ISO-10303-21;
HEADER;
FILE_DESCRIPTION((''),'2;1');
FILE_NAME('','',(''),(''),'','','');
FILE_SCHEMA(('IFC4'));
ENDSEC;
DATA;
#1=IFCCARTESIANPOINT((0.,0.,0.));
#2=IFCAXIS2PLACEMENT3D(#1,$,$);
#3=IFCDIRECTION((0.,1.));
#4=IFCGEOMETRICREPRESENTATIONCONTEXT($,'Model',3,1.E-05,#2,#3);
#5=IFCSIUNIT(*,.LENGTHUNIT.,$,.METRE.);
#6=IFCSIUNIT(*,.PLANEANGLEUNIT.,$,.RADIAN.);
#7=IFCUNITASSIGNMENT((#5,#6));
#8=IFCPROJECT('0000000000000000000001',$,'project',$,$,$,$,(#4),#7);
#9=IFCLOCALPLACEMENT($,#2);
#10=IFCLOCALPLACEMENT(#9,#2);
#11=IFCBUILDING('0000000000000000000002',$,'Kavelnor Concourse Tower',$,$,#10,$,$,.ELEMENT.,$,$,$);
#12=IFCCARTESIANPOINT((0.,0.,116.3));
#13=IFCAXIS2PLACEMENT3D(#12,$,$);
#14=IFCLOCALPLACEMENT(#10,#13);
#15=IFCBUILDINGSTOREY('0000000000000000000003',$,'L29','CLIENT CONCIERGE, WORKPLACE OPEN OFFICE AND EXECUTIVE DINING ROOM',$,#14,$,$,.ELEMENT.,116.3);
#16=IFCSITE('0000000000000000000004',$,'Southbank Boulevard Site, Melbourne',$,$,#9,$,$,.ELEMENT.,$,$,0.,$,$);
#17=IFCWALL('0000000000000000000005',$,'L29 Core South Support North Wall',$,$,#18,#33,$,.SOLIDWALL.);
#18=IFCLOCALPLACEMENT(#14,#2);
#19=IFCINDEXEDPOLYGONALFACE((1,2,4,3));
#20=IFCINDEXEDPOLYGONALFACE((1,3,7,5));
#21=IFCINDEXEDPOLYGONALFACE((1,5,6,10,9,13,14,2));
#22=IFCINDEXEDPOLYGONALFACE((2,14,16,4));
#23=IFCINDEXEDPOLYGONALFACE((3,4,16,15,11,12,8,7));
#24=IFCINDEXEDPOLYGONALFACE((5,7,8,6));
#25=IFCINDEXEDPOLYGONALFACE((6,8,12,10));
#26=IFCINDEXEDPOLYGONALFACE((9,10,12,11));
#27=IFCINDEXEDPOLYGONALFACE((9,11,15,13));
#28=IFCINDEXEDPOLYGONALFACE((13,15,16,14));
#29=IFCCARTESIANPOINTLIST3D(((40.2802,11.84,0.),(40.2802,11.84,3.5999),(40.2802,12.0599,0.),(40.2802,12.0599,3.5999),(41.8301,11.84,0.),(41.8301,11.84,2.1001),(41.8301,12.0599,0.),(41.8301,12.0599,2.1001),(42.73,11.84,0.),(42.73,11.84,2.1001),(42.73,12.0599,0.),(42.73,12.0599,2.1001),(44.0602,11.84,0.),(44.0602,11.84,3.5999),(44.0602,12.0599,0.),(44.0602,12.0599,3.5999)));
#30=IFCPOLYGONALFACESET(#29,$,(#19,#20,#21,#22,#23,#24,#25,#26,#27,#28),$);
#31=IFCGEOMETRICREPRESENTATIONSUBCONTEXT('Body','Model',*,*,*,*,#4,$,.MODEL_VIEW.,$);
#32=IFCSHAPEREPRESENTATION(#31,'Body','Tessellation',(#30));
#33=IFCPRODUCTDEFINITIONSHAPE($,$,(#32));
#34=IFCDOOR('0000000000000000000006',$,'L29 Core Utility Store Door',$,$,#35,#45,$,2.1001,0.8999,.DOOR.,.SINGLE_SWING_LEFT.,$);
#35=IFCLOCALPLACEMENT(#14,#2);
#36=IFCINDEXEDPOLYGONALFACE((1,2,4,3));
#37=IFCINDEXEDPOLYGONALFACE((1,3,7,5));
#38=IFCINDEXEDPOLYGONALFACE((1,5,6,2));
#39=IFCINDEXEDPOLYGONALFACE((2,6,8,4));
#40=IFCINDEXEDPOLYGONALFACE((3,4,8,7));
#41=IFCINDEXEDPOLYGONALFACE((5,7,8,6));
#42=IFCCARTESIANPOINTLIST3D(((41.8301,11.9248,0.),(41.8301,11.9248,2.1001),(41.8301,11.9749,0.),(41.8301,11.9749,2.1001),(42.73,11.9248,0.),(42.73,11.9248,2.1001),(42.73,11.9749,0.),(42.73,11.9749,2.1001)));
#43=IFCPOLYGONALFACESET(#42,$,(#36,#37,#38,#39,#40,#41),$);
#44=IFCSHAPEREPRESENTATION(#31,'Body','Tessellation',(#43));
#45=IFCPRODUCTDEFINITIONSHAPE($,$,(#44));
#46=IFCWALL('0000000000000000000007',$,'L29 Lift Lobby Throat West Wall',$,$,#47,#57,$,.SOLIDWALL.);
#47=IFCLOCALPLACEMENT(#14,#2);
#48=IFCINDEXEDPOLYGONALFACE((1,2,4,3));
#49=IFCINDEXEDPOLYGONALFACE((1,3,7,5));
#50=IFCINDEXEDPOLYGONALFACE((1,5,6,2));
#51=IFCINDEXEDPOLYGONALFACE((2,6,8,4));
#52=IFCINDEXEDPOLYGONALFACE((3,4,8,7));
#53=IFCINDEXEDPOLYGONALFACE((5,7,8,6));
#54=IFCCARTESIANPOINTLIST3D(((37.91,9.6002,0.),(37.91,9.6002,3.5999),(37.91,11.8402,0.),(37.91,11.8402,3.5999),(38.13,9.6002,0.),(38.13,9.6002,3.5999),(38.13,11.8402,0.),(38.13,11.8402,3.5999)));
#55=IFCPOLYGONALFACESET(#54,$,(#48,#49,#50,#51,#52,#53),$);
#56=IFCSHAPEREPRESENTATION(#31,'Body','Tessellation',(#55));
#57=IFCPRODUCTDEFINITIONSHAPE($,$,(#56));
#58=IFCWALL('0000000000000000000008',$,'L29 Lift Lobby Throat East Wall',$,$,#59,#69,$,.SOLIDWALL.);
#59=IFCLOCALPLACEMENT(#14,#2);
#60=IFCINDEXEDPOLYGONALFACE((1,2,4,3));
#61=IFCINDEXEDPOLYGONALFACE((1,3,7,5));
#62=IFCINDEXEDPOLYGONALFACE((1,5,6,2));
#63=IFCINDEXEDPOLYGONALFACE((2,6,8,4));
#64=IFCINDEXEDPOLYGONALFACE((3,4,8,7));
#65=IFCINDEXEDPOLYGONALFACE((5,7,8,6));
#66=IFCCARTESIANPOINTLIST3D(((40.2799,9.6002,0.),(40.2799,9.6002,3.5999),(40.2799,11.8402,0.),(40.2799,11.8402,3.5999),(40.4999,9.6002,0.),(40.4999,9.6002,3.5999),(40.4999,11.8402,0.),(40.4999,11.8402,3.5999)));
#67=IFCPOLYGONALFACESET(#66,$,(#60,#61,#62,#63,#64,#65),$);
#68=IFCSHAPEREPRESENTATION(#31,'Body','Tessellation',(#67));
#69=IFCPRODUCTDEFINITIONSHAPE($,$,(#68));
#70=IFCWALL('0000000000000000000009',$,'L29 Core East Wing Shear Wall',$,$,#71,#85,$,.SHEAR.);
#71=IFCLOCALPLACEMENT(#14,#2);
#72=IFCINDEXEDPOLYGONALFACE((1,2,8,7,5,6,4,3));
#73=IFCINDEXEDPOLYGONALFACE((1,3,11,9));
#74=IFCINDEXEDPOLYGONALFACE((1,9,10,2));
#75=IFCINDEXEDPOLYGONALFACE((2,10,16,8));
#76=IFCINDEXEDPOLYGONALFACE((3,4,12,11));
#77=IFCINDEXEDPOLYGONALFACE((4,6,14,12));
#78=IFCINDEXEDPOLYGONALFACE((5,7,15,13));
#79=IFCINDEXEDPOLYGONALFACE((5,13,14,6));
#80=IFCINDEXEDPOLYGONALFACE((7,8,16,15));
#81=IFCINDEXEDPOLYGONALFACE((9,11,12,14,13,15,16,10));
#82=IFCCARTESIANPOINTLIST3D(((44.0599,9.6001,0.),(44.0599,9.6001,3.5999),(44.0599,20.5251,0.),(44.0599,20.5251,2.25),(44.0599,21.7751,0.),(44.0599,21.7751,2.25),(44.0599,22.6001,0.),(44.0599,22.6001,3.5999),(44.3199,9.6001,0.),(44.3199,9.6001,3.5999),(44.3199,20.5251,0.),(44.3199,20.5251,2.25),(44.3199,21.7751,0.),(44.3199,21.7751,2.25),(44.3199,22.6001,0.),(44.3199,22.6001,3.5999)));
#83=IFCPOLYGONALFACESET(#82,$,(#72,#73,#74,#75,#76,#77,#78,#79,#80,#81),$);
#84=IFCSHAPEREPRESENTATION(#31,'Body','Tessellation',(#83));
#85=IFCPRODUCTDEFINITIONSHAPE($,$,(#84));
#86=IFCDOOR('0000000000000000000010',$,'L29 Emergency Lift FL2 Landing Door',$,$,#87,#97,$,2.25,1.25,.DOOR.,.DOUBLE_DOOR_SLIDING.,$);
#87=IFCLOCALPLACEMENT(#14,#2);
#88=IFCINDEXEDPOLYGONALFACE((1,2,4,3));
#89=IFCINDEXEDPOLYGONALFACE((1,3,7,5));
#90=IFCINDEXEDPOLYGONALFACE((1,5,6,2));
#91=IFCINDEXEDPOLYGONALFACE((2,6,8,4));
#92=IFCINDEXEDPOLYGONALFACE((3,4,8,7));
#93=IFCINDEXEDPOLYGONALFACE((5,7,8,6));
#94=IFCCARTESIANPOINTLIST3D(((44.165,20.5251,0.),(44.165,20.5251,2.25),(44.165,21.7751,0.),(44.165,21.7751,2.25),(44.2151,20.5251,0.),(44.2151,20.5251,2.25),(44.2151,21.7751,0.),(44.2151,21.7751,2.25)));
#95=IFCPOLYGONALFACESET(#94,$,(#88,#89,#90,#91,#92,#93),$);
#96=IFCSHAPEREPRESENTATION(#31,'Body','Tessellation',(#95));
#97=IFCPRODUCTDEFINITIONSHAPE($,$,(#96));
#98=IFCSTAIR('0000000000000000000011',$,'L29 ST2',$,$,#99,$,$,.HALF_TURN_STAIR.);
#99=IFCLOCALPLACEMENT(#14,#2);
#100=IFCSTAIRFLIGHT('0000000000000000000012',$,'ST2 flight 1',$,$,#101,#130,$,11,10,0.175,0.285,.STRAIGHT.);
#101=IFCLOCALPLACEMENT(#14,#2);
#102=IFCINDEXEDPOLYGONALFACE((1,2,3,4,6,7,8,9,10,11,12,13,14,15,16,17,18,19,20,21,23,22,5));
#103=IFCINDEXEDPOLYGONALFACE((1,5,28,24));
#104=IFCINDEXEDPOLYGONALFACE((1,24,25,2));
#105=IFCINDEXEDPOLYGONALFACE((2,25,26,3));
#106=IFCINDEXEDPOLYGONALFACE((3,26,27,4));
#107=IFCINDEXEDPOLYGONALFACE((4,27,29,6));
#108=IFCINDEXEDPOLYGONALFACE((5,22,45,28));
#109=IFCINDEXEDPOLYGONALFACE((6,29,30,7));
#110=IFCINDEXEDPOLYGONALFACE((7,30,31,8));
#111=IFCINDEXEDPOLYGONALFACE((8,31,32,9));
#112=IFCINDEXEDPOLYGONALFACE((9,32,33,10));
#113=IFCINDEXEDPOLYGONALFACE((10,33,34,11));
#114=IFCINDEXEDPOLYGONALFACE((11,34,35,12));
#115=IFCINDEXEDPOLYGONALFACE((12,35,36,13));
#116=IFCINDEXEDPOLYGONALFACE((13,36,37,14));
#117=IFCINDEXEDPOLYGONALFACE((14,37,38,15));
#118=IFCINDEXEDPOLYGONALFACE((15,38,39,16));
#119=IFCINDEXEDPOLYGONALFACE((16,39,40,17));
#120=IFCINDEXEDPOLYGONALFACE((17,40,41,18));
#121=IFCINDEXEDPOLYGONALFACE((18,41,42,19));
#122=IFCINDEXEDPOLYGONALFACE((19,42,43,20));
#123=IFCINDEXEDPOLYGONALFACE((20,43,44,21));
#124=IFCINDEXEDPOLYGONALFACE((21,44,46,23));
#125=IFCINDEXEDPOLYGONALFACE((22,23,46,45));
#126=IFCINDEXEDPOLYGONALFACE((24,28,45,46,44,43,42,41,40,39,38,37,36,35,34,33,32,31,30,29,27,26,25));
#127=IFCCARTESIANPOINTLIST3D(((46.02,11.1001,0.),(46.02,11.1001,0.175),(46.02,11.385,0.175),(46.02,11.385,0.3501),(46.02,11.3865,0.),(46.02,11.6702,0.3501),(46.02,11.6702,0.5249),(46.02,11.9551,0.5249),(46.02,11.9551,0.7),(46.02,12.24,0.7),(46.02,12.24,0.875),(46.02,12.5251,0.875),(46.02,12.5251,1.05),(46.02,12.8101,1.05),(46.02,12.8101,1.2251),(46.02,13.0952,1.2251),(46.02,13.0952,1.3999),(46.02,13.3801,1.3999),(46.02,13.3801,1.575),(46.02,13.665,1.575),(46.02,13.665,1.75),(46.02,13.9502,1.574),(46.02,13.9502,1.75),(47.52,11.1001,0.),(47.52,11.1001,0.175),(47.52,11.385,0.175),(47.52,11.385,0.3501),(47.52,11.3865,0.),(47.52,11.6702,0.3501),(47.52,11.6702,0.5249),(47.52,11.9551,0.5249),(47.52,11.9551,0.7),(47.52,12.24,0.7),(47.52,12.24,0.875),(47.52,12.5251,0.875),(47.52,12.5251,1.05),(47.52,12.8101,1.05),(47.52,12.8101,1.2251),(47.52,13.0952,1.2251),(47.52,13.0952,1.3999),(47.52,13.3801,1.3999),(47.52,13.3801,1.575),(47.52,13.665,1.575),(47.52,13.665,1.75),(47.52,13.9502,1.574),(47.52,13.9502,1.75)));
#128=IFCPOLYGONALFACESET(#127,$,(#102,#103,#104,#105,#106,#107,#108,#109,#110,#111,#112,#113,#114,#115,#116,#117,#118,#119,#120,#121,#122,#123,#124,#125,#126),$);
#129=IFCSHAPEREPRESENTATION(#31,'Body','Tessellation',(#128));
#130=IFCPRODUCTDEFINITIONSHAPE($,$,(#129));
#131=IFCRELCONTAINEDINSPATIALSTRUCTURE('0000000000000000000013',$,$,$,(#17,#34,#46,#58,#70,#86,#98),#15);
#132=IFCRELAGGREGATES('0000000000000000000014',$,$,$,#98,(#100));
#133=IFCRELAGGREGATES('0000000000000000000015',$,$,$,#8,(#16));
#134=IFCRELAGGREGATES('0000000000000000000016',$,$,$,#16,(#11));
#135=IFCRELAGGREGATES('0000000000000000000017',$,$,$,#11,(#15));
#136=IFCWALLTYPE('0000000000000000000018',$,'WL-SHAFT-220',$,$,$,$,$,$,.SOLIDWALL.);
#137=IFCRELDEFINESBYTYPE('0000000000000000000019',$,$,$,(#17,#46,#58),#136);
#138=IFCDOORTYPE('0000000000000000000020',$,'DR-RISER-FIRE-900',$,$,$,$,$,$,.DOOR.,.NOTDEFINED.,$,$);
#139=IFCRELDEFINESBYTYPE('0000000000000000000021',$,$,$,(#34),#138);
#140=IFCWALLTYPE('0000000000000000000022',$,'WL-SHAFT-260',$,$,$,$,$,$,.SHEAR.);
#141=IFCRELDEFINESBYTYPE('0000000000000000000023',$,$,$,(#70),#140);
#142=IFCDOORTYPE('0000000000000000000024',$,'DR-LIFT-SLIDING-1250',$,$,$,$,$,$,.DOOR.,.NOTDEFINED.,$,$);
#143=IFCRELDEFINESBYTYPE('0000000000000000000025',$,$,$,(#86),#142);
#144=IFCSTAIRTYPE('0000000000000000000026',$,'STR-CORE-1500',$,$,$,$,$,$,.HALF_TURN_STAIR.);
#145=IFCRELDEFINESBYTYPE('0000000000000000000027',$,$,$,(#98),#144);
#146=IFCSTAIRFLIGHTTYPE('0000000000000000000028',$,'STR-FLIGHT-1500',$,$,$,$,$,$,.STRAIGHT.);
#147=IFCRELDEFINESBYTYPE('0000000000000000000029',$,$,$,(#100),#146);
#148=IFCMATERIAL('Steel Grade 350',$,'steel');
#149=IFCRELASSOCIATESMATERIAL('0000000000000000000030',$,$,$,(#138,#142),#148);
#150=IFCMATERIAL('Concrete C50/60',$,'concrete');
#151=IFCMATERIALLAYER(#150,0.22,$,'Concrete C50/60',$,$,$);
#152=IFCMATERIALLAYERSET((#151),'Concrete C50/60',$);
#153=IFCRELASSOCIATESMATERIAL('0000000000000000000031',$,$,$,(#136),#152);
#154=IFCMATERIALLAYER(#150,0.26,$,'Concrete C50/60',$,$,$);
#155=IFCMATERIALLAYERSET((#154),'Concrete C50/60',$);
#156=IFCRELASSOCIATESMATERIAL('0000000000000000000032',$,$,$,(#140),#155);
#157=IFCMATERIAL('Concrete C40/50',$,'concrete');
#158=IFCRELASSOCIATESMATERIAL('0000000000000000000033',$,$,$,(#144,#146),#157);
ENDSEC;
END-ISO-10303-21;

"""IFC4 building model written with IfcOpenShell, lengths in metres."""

from ifc_helpers import new_model, si_unit, direction, frame, frame_2d, origin, place, context, subcontext, project, spatial, polyline, rectangle, outline, extrude, material, layer, layer_set, type_object, element, fill, aggregate, save


model = new_model("IFC4")

# Units and contexts
model_context = context("Model", 3, precision=1e-05, world=origin(), true_north=direction((0.0, 1.0)))
body_context = subcontext(model_context, "Body", "Model", "MODEL_VIEW")
ifc_project = project(units=[si_unit("LENGTHUNIT", "METRE"), si_unit("PLANEANGLEUNIT", "RADIAN")], contexts=[model_context])

# Site, building, storey
site_placement = place(None, origin())
site = spatial("IfcSite", under=ifc_project, at=site_placement, Name="Southbank Boulevard Site, Melbourne", CompositionType="ELEMENT", RefElevation=0.0)
building_placement = place(site_placement, origin())
building = spatial("IfcBuilding", under=site, at=building_placement, Name="Kavelnor Concourse Tower", CompositionType="ELEMENT")
storey_placement = place(building_placement, frame((0.0, 0.0, 116.3)))
storey = spatial("IfcBuildingStorey", under=building, at=storey_placement, Name="L29", Description="CLIENT CONCIERGE, WORKPLACE OPEN OFFICE AND EXECUTIVE DINING ROOM", CompositionType="ELEMENT", Elevation=116.3)

# Shared definitions
ifc_material_1 = material(Name="Steel Grade 350", Category="steel")

# Shared definitions
door_type_1 = type_object("IfcDoorType", Name="DR-RISER-FIRE-900", OperationType="NOTDEFINED", PredefinedType="DOOR", material=ifc_material_1)

# Wall, opening, door
ifc_material_2 = material(Name="Concrete C50/60", Category="concrete")
ifc_layer_1 = layer(ifc_material_2, 0.22, Name="Concrete C50/60")
ifc_layer_set_1 = layer_set([ifc_layer_1], Name="Concrete C50/60")
wall_type_1 = type_object("IfcWallType", Name="WL-SHAFT-220", PredefinedType="SOLIDWALL", material=ifc_layer_set_1)
wall_1_placement = place(storey_placement, frame((40.28, 11.95, 0.0), z_axis=(0.0, 0.0, 1.0), x_axis=(1.0, 0.0, 0.0)))
wall_1 = element("IfcWall", 1, at=wall_1_placement, inside=storey, type_object=wall_type_1, Name="L29 Core South Support North Wall", PredefinedType="SOLIDWALL", context=body_context, shape_type="SweptSolid", body=[
    extrude(rectangle(XDim=3.78, YDim=0.22, at=frame_2d((1.8901, 0.0))), origin(), (0.0, 0.0, 1.0), 3.5999),
])
opening_1_placement = place(wall_1_placement, frame((1.55, 0.0, 0.0)))
opening_1 = element("IfcOpeningElement", 2, at=opening_1_placement, cuts=wall_1, PredefinedType="OPENING", context=body_context, shape_type="SweptSolid", body=[
    extrude(rectangle(XDim=0.8999, YDim=2.1001, at=frame_2d((0.45, 1.05))), frame((0.0, 0.1201, 0.0), z_axis=(0.0, -1.0, 0.0), x_axis=(1.0, 0.0, 0.0)), (0.0, 0.0, 1.0), 0.24),
])
door_1_placement = place(opening_1_placement, origin())
door_1 = element("IfcDoor", 3, at=door_1_placement, inside=storey, type_object=door_type_1, Name="L29 Core Utility Store Door", OperationType="SINGLE_SWING_LEFT", OverallHeight=2.1001, OverallWidth=0.8999, PredefinedType="DOOR", context=body_context, shape_type="SweptSolid", body=[
    extrude(rectangle(XDim=0.8999, YDim=2.1001, at=frame_2d((0.45, 1.05))), frame((0.0, 0.0249, 0.0), z_axis=(0.0, -1.0, 0.0), x_axis=(1.0, 0.0, 0.0)), (0.0, 0.0, 1.0), 0.05),
])
fill(opening_1, door_1)

# Walls
for number, where, z_axis, x_axis, name in (
    (4, (38.02, 9.6001, 0.0), (0.0, 0.0, 1.0), (0.0, 1.0, 0.0), "L29 Lift Lobby Throat West Wall"),
    (5, (40.3899, 9.6001, 0.0), (0.0, 0.0, 1.0), (0.0, 1.0, 0.0), "L29 Lift Lobby Throat East Wall"),
):
    element("IfcWall", number, at=place(storey_placement, frame(where, z_axis=z_axis, x_axis=x_axis)), inside=storey, type_object=wall_type_1, Name=name, PredefinedType="SOLIDWALL", context=body_context, shape_type="SweptSolid", body=[
        extrude(rectangle(XDim=2.24, YDim=0.22, at=frame_2d((1.1201, 0.0))), origin(), (0.0, 0.0, 1.0), 3.5999),
    ])

# Wall, opening, door
ifc_layer_2 = layer(ifc_material_2, 0.26, Name="Concrete C50/60")
ifc_layer_set_2 = layer_set([ifc_layer_2], Name="Concrete C50/60")
wall_type_2 = type_object("IfcWallType", Name="WL-SHAFT-260", PredefinedType="SHEAR", material=ifc_layer_set_2)
wall_2_placement = place(storey_placement, frame((44.1899, 9.6001, 0.0), z_axis=(0.0, 0.0, 1.0), x_axis=(0.0, 1.0, 0.0)))
wall_2 = element("IfcWall", 6, at=wall_2_placement, inside=storey, type_object=wall_type_2, Name="L29 Core East Wing Shear Wall", PredefinedType="SHEAR", context=body_context, shape_type="SweptSolid", body=[
    extrude(rectangle(XDim=13.0, YDim=0.26, at=frame_2d((6.5, 0.0))), origin(), (0.0, 0.0, 1.0), 3.5999),
])
opening_2_placement = place(wall_2_placement, frame((10.925, 0.0, 0.0)))
opening_2 = element("IfcOpeningElement", 7, at=opening_2_placement, cuts=wall_2, PredefinedType="OPENING", context=body_context, shape_type="SweptSolid", body=[
    extrude(rectangle(XDim=1.25, YDim=2.25, at=frame_2d((0.625, 1.125))), frame((0.0, 0.1401, 0.0), z_axis=(0.0, -1.0, 0.0), x_axis=(1.0, 0.0, 0.0)), (0.0, 0.0, 1.0), 0.28),
])
door_type_2 = type_object("IfcDoorType", Name="DR-LIFT-SLIDING-1250", OperationType="NOTDEFINED", PredefinedType="DOOR", material=ifc_material_1)
door_2_placement = place(opening_2_placement, origin())
door_2 = element("IfcDoor", 8, at=door_2_placement, inside=storey, type_object=door_type_2, Name="L29 Emergency Lift FL2 Landing Door", OperationType="DOUBLE_DOOR_SLIDING", OverallHeight=2.25, OverallWidth=1.25, PredefinedType="DOOR", context=body_context, shape_type="SweptSolid", body=[
    extrude(rectangle(XDim=1.25, YDim=2.25, at=frame_2d((0.625, 1.125))), frame((0.0, 0.0249, 0.0), z_axis=(0.0, -1.0, 0.0), x_axis=(1.0, 0.0, 0.0)), (0.0, 0.0, 1.0), 0.05),
])
fill(opening_2, door_2)

# Stair, stair flight
ifc_material_3 = material(Name="Concrete C40/50", Category="concrete")
stair_type = type_object("IfcStairType", Name="STR-CORE-1500", PredefinedType="HALF_TURN_STAIR", material=ifc_material_3)
stair_placement = place(storey_placement, origin())
stair = element("IfcStair", 9, at=stair_placement, inside=storey, type_object=stair_type, Name="L29 ST2", PredefinedType="HALF_TURN_STAIR")
stair_flight_type = type_object("IfcStairFlightType", Name="STR-FLIGHT-1500", PredefinedType="STRAIGHT", material=ifc_material_3)
stair_flight_placement = place(storey_placement, frame((46.77, 11.1001, 0.0), z_axis=(0.0, 0.0, 1.0), x_axis=(0.0, 1.0, 0.0)))
stair_flight = element("IfcStairFlight", 10, at=stair_flight_placement, type_object=stair_flight_type, Name="ST2 flight 1", NumberOfRisers=11, NumberOfTreads=10, PredefinedType="STRAIGHT", RiserHeight=0.175, TreadLength=0.285, context=body_context, shape_type="SweptSolid", body=[
    extrude(outline(polyline([(0.0, 0.0), (0.0, 0.175), (0.2849, 0.175), (0.2849, 0.3501), (0.5701, 0.3501), (0.5701, 0.5249), (0.855, 0.5249), (0.855, 0.7), (1.1399, 0.7), (1.1399, 0.875), (1.425, 0.875), (1.425, 1.05), (1.71, 1.05), (1.71, 1.2251), (1.9951, 1.2251), (1.9951, 1.3999), (2.28, 1.3999), (2.28, 1.575), (2.5649, 1.575), (2.5649, 1.75), (2.8501, 1.75), (2.8501, 1.925), (2.8501, 1.574), (0.2864, 0.0), (0.0, 0.0)])), frame((0.0, 0.75, 0.0), z_axis=(0.0, -1.0, 0.0), x_axis=(1.0, 0.0, 0.0)), (0.0, 0.0, 1.0), 1.5),
])
aggregate(stair, [stair_flight])

save(model, "model.ifc")
